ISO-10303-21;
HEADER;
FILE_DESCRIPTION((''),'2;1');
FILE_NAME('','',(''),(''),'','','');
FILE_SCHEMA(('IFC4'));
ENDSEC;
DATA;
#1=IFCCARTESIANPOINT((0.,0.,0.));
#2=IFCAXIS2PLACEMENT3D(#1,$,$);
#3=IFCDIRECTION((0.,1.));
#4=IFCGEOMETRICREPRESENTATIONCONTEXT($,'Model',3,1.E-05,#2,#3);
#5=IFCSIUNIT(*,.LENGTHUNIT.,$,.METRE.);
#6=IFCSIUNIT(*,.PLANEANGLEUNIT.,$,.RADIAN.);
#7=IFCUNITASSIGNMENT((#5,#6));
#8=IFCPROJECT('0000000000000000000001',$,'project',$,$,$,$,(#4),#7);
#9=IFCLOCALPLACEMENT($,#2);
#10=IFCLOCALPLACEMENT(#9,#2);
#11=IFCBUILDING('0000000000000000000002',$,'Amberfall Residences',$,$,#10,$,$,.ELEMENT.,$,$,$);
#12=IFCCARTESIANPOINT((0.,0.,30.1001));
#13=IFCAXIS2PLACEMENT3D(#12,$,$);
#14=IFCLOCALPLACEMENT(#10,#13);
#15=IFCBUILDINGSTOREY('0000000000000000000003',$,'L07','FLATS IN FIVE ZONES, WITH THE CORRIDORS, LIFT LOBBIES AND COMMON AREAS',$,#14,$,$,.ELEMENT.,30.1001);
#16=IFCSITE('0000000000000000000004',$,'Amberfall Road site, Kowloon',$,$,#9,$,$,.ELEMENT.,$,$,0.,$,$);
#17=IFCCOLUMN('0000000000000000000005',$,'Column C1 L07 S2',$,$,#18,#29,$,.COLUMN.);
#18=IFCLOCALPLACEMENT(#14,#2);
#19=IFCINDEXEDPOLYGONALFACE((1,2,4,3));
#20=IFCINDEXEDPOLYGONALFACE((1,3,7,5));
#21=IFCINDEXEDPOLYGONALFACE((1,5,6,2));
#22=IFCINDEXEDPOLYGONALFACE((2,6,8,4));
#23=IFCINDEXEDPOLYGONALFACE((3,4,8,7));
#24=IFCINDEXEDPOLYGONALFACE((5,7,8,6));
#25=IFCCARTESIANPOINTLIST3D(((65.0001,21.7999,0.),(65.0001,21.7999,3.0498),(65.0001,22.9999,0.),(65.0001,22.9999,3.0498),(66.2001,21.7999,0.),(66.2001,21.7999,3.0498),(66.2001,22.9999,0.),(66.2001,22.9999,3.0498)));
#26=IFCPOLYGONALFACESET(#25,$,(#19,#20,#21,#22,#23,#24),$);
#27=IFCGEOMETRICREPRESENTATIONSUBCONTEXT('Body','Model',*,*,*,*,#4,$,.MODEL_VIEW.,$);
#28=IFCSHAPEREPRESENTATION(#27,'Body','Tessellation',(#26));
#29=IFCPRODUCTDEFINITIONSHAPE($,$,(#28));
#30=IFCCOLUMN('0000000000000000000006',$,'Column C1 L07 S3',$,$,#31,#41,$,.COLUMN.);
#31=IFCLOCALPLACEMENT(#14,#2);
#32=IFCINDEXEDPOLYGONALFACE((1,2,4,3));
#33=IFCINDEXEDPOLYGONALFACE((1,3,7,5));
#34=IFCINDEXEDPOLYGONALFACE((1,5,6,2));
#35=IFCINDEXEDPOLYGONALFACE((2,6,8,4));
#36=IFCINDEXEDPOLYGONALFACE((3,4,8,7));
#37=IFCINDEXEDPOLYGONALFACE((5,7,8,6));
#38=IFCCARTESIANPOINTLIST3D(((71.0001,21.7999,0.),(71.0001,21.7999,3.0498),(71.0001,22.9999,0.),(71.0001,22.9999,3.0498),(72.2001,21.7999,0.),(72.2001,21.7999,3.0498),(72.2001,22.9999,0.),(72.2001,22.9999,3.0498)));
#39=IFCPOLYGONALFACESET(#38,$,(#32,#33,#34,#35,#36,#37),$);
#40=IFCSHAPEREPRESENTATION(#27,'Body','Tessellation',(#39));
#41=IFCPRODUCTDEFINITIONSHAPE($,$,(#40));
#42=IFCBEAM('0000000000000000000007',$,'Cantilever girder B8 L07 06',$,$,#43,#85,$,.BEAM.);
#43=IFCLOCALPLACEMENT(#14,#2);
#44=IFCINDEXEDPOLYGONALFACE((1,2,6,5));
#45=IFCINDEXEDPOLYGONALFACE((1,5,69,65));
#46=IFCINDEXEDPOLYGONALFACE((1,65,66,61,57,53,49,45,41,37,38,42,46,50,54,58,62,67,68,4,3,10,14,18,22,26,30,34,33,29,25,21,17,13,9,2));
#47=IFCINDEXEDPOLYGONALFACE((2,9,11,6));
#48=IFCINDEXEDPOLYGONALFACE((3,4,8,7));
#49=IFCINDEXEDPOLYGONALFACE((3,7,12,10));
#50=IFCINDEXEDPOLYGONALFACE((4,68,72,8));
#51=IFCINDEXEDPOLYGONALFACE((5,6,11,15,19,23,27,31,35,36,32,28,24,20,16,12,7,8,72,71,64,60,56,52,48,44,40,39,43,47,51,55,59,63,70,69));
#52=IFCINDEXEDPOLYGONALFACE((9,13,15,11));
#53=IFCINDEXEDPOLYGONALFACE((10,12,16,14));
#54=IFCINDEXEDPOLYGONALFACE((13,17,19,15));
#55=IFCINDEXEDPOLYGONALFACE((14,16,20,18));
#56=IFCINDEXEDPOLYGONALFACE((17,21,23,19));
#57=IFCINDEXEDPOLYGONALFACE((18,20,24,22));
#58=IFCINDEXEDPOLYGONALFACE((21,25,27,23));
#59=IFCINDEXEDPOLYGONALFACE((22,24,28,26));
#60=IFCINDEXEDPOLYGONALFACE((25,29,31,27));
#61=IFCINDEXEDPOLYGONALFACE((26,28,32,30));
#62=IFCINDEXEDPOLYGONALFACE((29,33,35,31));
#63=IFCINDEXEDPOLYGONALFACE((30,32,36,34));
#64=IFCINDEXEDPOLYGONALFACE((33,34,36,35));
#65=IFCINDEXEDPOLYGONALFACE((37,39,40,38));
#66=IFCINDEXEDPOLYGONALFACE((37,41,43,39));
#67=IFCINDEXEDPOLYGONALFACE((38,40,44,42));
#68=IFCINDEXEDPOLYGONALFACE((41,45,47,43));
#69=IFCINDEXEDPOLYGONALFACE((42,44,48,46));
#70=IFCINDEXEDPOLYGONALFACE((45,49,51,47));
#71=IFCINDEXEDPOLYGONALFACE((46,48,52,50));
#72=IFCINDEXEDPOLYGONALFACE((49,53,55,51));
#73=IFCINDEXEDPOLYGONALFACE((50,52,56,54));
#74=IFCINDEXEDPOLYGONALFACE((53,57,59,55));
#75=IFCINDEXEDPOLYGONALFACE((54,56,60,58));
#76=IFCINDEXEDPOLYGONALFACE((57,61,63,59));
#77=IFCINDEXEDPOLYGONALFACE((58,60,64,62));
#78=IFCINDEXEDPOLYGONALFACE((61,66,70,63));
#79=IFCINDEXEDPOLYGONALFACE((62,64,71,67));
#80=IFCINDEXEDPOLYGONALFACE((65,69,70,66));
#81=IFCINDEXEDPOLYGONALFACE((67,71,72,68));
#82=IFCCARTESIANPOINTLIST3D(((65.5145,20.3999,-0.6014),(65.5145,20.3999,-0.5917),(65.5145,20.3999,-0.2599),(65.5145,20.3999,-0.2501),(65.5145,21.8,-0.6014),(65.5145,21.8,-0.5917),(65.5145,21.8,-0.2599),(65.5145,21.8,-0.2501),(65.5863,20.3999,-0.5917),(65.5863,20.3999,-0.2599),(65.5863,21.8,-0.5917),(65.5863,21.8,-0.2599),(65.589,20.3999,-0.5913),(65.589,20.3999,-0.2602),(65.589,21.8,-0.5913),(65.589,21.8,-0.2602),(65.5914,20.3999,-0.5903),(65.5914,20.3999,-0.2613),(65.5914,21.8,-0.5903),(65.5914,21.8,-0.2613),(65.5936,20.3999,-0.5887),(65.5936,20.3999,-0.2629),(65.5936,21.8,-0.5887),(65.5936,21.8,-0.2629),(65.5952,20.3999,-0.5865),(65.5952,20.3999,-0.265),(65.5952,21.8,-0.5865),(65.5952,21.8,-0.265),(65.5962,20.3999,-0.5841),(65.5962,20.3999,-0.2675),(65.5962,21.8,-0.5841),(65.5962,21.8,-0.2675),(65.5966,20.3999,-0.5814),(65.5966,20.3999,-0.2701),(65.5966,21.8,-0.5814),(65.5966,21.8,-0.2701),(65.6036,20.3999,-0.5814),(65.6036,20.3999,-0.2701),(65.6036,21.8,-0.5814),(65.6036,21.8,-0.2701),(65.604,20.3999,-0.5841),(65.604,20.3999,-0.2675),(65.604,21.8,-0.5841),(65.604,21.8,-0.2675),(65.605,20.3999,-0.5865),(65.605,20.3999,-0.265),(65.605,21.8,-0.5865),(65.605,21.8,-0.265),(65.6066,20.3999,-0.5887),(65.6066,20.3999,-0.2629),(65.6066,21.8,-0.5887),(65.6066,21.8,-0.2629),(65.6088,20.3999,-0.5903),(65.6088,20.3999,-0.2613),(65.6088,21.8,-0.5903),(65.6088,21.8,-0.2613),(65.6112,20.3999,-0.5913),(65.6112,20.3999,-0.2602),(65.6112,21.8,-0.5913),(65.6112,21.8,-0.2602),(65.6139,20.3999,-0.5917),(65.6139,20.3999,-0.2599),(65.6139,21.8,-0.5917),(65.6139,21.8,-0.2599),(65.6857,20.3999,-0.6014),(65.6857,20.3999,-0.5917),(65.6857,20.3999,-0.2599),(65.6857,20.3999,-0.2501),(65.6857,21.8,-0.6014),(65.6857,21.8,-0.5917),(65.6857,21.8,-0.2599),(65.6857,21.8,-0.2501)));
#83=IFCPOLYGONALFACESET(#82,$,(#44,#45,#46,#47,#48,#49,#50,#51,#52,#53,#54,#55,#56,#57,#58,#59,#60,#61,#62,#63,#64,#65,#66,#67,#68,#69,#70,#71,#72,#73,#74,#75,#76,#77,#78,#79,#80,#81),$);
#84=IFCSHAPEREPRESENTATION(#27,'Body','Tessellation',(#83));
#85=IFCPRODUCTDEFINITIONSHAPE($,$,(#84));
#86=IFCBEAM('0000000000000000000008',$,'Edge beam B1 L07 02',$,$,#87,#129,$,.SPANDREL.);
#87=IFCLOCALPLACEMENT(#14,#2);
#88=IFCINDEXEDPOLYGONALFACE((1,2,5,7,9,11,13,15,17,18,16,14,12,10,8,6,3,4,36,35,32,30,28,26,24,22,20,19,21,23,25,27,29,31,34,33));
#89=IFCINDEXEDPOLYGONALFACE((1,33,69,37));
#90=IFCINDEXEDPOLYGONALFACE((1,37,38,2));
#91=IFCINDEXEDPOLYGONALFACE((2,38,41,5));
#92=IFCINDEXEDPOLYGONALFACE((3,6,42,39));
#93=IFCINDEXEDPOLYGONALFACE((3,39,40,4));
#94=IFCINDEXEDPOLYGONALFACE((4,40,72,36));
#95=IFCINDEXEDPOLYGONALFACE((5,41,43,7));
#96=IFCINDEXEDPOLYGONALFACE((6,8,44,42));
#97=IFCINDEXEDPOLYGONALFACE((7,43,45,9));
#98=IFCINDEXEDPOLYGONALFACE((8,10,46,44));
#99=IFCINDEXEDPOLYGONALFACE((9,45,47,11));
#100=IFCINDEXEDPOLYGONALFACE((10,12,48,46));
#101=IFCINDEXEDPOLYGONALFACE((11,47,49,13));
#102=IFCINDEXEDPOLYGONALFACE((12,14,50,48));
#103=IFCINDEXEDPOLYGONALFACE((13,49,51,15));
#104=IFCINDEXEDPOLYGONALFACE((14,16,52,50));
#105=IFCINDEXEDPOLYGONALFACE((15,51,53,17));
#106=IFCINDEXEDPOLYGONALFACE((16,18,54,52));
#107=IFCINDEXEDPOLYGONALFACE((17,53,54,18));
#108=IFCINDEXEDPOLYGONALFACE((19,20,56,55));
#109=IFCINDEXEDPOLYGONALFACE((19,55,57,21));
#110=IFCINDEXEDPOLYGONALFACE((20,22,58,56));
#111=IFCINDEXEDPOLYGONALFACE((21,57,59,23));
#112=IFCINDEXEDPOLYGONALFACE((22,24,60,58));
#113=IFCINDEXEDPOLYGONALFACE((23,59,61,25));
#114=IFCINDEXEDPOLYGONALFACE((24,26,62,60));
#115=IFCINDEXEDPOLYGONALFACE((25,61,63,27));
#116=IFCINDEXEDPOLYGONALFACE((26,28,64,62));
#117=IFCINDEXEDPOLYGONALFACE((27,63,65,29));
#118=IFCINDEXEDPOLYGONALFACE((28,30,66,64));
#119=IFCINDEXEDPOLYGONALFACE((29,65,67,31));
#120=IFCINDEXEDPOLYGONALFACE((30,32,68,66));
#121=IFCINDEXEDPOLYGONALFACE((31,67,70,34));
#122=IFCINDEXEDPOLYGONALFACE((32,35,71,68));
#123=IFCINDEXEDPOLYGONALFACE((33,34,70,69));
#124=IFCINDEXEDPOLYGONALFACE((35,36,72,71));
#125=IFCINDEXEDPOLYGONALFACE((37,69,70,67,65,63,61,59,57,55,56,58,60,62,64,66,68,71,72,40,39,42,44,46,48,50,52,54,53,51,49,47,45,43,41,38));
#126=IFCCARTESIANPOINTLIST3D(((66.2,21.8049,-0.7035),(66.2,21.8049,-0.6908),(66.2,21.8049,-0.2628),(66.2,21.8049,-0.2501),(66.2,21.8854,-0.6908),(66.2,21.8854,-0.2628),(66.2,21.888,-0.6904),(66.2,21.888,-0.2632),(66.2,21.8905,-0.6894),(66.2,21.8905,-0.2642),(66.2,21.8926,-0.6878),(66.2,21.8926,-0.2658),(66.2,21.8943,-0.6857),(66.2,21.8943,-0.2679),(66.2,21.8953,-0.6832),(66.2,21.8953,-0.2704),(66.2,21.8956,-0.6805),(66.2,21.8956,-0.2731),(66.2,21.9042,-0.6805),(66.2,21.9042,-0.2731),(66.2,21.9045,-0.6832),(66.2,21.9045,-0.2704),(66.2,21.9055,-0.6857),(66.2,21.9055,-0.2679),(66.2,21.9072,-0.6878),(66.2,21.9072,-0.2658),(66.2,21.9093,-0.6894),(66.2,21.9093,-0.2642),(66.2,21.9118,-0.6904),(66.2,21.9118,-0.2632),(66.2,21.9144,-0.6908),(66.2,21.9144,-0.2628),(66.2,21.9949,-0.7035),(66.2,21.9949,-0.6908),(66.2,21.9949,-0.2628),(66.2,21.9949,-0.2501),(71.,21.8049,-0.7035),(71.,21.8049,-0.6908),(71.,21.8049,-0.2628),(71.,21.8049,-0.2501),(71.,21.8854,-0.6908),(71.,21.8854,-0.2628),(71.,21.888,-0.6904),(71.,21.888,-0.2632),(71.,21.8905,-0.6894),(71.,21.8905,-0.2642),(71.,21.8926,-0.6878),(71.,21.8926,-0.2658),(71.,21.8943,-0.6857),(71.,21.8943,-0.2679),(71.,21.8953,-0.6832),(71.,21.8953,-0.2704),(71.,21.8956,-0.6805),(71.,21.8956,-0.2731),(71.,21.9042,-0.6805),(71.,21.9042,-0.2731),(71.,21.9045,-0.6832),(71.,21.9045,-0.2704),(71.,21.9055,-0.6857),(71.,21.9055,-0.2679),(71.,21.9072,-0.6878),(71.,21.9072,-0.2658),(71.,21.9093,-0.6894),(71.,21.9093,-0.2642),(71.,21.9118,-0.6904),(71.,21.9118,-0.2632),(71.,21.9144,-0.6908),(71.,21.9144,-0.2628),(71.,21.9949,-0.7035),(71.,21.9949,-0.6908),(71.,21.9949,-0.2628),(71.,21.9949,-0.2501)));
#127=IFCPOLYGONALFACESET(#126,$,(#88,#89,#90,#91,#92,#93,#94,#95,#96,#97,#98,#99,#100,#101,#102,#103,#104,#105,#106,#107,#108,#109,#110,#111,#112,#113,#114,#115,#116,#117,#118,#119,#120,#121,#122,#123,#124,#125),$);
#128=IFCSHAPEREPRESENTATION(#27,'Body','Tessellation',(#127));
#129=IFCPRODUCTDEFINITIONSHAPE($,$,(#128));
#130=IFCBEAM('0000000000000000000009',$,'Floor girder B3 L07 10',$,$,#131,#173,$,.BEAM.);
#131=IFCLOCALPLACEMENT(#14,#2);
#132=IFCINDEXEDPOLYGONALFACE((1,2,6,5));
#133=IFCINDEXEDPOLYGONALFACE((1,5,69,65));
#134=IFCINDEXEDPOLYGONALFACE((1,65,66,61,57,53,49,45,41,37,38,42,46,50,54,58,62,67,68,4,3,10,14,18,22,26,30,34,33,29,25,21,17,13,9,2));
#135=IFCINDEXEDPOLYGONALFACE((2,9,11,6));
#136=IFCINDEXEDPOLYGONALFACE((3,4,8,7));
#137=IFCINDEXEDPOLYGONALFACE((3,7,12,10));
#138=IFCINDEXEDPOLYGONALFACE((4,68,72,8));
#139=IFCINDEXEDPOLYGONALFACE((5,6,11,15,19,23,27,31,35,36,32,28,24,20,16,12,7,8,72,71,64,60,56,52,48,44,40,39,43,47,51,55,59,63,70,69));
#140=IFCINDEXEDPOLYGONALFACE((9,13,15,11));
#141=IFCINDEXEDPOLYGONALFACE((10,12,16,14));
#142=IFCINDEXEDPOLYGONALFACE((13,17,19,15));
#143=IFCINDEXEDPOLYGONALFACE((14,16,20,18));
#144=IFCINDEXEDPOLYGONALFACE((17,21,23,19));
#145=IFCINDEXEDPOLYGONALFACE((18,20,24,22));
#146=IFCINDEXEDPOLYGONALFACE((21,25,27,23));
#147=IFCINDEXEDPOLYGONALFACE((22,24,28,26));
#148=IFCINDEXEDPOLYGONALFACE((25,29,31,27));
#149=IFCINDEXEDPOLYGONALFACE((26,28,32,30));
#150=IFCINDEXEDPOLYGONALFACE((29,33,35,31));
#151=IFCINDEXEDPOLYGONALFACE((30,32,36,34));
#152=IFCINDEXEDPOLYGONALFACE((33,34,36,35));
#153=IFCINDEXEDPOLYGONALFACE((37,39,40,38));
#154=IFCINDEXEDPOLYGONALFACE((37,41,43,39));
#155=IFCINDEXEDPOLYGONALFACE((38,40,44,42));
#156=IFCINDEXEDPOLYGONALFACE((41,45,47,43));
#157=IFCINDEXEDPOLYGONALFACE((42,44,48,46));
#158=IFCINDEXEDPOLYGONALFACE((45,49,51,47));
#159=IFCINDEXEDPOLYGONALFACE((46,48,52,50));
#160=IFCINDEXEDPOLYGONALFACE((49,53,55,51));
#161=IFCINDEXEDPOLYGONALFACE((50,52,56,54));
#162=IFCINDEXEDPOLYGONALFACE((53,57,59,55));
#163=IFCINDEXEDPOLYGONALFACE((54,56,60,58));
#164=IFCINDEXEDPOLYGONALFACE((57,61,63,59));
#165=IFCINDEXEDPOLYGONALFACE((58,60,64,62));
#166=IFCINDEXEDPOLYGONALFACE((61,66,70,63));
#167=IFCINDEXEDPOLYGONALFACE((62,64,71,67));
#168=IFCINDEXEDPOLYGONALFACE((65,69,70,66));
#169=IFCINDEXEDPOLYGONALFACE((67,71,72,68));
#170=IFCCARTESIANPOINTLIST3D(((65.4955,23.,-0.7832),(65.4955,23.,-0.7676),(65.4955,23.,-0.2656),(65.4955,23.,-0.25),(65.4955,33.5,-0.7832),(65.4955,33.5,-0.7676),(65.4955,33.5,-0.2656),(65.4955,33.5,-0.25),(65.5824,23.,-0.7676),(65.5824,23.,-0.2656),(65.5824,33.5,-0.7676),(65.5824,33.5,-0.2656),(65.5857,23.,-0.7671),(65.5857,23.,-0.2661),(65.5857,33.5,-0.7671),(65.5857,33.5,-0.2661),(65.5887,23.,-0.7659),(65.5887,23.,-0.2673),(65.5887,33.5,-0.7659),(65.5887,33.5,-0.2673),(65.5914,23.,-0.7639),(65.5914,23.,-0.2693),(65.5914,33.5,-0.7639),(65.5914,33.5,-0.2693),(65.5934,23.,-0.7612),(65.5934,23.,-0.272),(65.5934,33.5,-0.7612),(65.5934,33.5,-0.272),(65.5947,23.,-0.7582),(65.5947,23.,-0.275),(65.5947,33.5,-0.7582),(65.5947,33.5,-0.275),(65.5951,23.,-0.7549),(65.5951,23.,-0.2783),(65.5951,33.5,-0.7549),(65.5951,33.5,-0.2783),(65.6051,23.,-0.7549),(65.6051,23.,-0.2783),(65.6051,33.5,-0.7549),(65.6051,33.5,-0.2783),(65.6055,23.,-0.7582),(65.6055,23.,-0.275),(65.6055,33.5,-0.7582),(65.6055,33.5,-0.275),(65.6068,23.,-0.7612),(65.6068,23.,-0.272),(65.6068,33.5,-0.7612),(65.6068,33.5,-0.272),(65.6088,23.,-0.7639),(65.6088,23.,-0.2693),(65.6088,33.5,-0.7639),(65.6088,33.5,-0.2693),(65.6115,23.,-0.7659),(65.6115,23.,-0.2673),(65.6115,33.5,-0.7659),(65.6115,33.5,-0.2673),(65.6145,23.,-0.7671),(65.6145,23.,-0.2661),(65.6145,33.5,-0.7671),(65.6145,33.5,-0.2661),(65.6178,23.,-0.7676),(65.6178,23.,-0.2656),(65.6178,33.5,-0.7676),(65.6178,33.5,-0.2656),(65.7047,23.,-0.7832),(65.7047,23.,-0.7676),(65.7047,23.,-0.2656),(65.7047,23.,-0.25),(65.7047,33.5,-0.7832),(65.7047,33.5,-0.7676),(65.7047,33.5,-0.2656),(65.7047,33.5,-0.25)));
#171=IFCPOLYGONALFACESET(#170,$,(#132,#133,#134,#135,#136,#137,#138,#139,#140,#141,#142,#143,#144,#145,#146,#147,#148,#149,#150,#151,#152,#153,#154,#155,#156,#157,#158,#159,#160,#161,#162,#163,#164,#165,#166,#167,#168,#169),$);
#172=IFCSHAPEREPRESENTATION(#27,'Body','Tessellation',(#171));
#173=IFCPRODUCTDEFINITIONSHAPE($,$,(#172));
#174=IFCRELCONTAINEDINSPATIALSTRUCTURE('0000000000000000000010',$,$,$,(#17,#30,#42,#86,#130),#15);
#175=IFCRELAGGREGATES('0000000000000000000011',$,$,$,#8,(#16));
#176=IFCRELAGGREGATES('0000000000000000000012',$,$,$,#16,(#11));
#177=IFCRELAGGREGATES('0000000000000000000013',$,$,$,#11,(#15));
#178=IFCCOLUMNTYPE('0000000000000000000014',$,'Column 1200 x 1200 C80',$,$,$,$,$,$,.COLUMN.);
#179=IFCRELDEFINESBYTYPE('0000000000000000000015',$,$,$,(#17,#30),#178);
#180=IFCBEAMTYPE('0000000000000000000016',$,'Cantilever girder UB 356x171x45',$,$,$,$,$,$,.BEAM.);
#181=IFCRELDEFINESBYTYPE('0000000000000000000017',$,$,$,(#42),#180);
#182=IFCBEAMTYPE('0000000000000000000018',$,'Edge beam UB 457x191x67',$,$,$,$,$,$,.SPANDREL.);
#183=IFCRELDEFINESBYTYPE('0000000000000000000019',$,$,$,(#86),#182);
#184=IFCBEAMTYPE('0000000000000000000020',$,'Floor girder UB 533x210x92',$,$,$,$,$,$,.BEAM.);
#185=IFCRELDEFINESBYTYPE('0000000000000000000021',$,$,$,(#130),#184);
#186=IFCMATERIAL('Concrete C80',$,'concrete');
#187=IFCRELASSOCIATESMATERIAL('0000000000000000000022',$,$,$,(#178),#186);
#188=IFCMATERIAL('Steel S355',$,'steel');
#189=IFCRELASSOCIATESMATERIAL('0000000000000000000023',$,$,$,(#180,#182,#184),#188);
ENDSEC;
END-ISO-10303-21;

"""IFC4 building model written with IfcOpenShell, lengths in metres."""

from ifc_helpers import new_model, si_unit, direction, frame, origin, origin_2d, place, context, subcontext, project, spatial, rectangle, i_section, extrude, material, material_profile, profile_set, type_object, element, save


model = new_model("IFC4")

# Units and contexts
model_context = context("Model", 3, precision=1e-05, world=origin(), true_north=direction((0.0, 1.0)))
body_context = subcontext(model_context, "Body", "Model", "MODEL_VIEW")
ifc_project = project(units=[si_unit("LENGTHUNIT", "METRE"), si_unit("PLANEANGLEUNIT", "RADIAN")], contexts=[model_context])

# Site, building, storey
site_placement = place(None, origin())
site = spatial("IfcSite", under=ifc_project, at=site_placement, Name="Amberfall Road site, Kowloon", CompositionType="ELEMENT", RefElevation=0.0)
building_placement = place(site_placement, origin())
building = spatial("IfcBuilding", under=site, at=building_placement, Name="Amberfall Residences", CompositionType="ELEMENT")
storey_placement = place(building_placement, frame((0.0, 0.0, 30.1001)))
storey = spatial("IfcBuildingStorey", under=building, at=storey_placement, Name="L07", Description="FLATS IN FIVE ZONES, WITH THE CORRIDORS, LIFT LOBBIES AND COMMON AREAS", CompositionType="ELEMENT", Elevation=30.1001)

# Columns
ifc_material_1 = material(Name="Concrete C80", Category="concrete")
ifc_material_profile_1 = material_profile(ifc_material_1, rectangle(XDim=1.2, YDim=1.2, at=origin_2d()), Name="Column 1200 x 1200 C80")
ifc_profile_set_1 = profile_set([ifc_material_profile_1], Name="Concrete C80")
column_type = type_object("IfcColumnType", Name="Column 1200 x 1200 C80", PredefinedType="COLUMN", material=ifc_profile_set_1)
for number, where, z_axis, x_axis, name in (
    (1, (65.6001, 22.3999, 0.0), (0.0, 0.0, 1.0), (1.0, 0.0, 0.0), "Column C1 L07 S2"),
    (2, (71.6001, 22.3999, 0.0), (0.0, 0.0, 1.0), (1.0, 0.0, 0.0), "Column C1 L07 S3"),
):
    element("IfcColumn", number, at=place(storey_placement, frame(where, z_axis=z_axis, x_axis=x_axis)), inside=storey, type_object=column_type, Name=name, PredefinedType="COLUMN", context=body_context, shape_type="SweptSolid", body=[
        extrude(rectangle(XDim=1.2, YDim=1.2, at=origin_2d()), origin(), (0.0, 0.0, 1.0), 3.0498),
    ])

# Beams
ifc_material_2 = material(Name="Steel S355", Category="steel")
ifc_material_profile_2 = material_profile(ifc_material_2, i_section(OverallWidth=0.1711, OverallDepth=0.3513, WebThickness=0.0071, FlangeThickness=0.0098, FilletRadius=0.0103, at=origin_2d()), Name="UB 356x171x45")
ifc_profile_set_2 = profile_set([ifc_material_profile_2], Name="Steel S355")
beam_type_1 = type_object("IfcBeamType", Name="Cantilever girder UB 356x171x45", PredefinedType="BEAM", material=ifc_profile_set_2)
beam_1_placement = place(storey_placement, frame((65.6001, 21.8, -0.4258), z_axis=(0.0, -1.0, 0.0), x_axis=(1.0, 0.0, 0.0)))
element("IfcBeam", 3, at=beam_1_placement, inside=storey, type_object=beam_type_1, Name="Cantilever girder B8 L07 06", PredefinedType="BEAM", context=body_context, shape_type="SweptSolid", body=[
    extrude(i_section(OverallWidth=0.1711, OverallDepth=0.3513, WebThickness=0.0071, FlangeThickness=0.0098, FilletRadius=0.0103, at=origin_2d()), origin(), (0.0, 0.0, 1.0), 1.4001),
])
ifc_material_profile_3 = material_profile(ifc_material_2, i_section(OverallWidth=0.1899, OverallDepth=0.4534, WebThickness=0.0085, FlangeThickness=0.0127, FilletRadius=0.0103, at=origin_2d()), Name="UB 457x191x67")
ifc_profile_set_3 = profile_set([ifc_material_profile_3], Name="Steel S355")
beam_type_2 = type_object("IfcBeamType", Name="Edge beam UB 457x191x67", PredefinedType="SPANDREL", material=ifc_profile_set_3)
beam_2_placement = place(storey_placement, frame((66.2, 21.8999, -0.4768), z_axis=(1.0, 0.0, 0.0), x_axis=(0.0, 1.0, 0.0)))
element("IfcBeam", 4, at=beam_2_placement, inside=storey, type_object=beam_type_2, Name="Edge beam B1 L07 02", PredefinedType="SPANDREL", context=body_context, shape_type="SweptSolid", body=[
    extrude(i_section(OverallWidth=0.1899, OverallDepth=0.4534, WebThickness=0.0085, FlangeThickness=0.0127, FilletRadius=0.0103, at=origin_2d()), origin(), (0.0, 0.0, 1.0), 4.8),
])
ifc_material_profile_4 = material_profile(ifc_material_2, i_section(OverallWidth=0.2092, OverallDepth=0.5332, WebThickness=0.01, FlangeThickness=0.0156, FilletRadius=0.0127, at=origin_2d()), Name="UB 533x210x92")
ifc_profile_set_4 = profile_set([ifc_material_profile_4], Name="Steel S355")
beam_type_3 = type_object("IfcBeamType", Name="Floor girder UB 533x210x92", PredefinedType="BEAM", material=ifc_profile_set_4)
for number, where, z_axis, x_axis, name in (
    (5, (65.6001, 23.0, -0.5166), (0.0, 1.0, 0.0), (-1.0, 0.0, 0.0), "Floor girder B3 L07 10"),
):
    element("IfcBeam", number, at=place(storey_placement, frame(where, z_axis=z_axis, x_axis=x_axis)), inside=storey, type_object=beam_type_3, Name=name, PredefinedType="BEAM", context=body_context, shape_type="SweptSolid", body=[
        extrude(i_section(OverallWidth=0.2092, OverallDepth=0.5332, WebThickness=0.01, FlangeThickness=0.0156, FilletRadius=0.0127, at=origin_2d()), origin(), (0.0, 0.0, 1.0), 10.5),
    ])

save(model, "model.ifc")
